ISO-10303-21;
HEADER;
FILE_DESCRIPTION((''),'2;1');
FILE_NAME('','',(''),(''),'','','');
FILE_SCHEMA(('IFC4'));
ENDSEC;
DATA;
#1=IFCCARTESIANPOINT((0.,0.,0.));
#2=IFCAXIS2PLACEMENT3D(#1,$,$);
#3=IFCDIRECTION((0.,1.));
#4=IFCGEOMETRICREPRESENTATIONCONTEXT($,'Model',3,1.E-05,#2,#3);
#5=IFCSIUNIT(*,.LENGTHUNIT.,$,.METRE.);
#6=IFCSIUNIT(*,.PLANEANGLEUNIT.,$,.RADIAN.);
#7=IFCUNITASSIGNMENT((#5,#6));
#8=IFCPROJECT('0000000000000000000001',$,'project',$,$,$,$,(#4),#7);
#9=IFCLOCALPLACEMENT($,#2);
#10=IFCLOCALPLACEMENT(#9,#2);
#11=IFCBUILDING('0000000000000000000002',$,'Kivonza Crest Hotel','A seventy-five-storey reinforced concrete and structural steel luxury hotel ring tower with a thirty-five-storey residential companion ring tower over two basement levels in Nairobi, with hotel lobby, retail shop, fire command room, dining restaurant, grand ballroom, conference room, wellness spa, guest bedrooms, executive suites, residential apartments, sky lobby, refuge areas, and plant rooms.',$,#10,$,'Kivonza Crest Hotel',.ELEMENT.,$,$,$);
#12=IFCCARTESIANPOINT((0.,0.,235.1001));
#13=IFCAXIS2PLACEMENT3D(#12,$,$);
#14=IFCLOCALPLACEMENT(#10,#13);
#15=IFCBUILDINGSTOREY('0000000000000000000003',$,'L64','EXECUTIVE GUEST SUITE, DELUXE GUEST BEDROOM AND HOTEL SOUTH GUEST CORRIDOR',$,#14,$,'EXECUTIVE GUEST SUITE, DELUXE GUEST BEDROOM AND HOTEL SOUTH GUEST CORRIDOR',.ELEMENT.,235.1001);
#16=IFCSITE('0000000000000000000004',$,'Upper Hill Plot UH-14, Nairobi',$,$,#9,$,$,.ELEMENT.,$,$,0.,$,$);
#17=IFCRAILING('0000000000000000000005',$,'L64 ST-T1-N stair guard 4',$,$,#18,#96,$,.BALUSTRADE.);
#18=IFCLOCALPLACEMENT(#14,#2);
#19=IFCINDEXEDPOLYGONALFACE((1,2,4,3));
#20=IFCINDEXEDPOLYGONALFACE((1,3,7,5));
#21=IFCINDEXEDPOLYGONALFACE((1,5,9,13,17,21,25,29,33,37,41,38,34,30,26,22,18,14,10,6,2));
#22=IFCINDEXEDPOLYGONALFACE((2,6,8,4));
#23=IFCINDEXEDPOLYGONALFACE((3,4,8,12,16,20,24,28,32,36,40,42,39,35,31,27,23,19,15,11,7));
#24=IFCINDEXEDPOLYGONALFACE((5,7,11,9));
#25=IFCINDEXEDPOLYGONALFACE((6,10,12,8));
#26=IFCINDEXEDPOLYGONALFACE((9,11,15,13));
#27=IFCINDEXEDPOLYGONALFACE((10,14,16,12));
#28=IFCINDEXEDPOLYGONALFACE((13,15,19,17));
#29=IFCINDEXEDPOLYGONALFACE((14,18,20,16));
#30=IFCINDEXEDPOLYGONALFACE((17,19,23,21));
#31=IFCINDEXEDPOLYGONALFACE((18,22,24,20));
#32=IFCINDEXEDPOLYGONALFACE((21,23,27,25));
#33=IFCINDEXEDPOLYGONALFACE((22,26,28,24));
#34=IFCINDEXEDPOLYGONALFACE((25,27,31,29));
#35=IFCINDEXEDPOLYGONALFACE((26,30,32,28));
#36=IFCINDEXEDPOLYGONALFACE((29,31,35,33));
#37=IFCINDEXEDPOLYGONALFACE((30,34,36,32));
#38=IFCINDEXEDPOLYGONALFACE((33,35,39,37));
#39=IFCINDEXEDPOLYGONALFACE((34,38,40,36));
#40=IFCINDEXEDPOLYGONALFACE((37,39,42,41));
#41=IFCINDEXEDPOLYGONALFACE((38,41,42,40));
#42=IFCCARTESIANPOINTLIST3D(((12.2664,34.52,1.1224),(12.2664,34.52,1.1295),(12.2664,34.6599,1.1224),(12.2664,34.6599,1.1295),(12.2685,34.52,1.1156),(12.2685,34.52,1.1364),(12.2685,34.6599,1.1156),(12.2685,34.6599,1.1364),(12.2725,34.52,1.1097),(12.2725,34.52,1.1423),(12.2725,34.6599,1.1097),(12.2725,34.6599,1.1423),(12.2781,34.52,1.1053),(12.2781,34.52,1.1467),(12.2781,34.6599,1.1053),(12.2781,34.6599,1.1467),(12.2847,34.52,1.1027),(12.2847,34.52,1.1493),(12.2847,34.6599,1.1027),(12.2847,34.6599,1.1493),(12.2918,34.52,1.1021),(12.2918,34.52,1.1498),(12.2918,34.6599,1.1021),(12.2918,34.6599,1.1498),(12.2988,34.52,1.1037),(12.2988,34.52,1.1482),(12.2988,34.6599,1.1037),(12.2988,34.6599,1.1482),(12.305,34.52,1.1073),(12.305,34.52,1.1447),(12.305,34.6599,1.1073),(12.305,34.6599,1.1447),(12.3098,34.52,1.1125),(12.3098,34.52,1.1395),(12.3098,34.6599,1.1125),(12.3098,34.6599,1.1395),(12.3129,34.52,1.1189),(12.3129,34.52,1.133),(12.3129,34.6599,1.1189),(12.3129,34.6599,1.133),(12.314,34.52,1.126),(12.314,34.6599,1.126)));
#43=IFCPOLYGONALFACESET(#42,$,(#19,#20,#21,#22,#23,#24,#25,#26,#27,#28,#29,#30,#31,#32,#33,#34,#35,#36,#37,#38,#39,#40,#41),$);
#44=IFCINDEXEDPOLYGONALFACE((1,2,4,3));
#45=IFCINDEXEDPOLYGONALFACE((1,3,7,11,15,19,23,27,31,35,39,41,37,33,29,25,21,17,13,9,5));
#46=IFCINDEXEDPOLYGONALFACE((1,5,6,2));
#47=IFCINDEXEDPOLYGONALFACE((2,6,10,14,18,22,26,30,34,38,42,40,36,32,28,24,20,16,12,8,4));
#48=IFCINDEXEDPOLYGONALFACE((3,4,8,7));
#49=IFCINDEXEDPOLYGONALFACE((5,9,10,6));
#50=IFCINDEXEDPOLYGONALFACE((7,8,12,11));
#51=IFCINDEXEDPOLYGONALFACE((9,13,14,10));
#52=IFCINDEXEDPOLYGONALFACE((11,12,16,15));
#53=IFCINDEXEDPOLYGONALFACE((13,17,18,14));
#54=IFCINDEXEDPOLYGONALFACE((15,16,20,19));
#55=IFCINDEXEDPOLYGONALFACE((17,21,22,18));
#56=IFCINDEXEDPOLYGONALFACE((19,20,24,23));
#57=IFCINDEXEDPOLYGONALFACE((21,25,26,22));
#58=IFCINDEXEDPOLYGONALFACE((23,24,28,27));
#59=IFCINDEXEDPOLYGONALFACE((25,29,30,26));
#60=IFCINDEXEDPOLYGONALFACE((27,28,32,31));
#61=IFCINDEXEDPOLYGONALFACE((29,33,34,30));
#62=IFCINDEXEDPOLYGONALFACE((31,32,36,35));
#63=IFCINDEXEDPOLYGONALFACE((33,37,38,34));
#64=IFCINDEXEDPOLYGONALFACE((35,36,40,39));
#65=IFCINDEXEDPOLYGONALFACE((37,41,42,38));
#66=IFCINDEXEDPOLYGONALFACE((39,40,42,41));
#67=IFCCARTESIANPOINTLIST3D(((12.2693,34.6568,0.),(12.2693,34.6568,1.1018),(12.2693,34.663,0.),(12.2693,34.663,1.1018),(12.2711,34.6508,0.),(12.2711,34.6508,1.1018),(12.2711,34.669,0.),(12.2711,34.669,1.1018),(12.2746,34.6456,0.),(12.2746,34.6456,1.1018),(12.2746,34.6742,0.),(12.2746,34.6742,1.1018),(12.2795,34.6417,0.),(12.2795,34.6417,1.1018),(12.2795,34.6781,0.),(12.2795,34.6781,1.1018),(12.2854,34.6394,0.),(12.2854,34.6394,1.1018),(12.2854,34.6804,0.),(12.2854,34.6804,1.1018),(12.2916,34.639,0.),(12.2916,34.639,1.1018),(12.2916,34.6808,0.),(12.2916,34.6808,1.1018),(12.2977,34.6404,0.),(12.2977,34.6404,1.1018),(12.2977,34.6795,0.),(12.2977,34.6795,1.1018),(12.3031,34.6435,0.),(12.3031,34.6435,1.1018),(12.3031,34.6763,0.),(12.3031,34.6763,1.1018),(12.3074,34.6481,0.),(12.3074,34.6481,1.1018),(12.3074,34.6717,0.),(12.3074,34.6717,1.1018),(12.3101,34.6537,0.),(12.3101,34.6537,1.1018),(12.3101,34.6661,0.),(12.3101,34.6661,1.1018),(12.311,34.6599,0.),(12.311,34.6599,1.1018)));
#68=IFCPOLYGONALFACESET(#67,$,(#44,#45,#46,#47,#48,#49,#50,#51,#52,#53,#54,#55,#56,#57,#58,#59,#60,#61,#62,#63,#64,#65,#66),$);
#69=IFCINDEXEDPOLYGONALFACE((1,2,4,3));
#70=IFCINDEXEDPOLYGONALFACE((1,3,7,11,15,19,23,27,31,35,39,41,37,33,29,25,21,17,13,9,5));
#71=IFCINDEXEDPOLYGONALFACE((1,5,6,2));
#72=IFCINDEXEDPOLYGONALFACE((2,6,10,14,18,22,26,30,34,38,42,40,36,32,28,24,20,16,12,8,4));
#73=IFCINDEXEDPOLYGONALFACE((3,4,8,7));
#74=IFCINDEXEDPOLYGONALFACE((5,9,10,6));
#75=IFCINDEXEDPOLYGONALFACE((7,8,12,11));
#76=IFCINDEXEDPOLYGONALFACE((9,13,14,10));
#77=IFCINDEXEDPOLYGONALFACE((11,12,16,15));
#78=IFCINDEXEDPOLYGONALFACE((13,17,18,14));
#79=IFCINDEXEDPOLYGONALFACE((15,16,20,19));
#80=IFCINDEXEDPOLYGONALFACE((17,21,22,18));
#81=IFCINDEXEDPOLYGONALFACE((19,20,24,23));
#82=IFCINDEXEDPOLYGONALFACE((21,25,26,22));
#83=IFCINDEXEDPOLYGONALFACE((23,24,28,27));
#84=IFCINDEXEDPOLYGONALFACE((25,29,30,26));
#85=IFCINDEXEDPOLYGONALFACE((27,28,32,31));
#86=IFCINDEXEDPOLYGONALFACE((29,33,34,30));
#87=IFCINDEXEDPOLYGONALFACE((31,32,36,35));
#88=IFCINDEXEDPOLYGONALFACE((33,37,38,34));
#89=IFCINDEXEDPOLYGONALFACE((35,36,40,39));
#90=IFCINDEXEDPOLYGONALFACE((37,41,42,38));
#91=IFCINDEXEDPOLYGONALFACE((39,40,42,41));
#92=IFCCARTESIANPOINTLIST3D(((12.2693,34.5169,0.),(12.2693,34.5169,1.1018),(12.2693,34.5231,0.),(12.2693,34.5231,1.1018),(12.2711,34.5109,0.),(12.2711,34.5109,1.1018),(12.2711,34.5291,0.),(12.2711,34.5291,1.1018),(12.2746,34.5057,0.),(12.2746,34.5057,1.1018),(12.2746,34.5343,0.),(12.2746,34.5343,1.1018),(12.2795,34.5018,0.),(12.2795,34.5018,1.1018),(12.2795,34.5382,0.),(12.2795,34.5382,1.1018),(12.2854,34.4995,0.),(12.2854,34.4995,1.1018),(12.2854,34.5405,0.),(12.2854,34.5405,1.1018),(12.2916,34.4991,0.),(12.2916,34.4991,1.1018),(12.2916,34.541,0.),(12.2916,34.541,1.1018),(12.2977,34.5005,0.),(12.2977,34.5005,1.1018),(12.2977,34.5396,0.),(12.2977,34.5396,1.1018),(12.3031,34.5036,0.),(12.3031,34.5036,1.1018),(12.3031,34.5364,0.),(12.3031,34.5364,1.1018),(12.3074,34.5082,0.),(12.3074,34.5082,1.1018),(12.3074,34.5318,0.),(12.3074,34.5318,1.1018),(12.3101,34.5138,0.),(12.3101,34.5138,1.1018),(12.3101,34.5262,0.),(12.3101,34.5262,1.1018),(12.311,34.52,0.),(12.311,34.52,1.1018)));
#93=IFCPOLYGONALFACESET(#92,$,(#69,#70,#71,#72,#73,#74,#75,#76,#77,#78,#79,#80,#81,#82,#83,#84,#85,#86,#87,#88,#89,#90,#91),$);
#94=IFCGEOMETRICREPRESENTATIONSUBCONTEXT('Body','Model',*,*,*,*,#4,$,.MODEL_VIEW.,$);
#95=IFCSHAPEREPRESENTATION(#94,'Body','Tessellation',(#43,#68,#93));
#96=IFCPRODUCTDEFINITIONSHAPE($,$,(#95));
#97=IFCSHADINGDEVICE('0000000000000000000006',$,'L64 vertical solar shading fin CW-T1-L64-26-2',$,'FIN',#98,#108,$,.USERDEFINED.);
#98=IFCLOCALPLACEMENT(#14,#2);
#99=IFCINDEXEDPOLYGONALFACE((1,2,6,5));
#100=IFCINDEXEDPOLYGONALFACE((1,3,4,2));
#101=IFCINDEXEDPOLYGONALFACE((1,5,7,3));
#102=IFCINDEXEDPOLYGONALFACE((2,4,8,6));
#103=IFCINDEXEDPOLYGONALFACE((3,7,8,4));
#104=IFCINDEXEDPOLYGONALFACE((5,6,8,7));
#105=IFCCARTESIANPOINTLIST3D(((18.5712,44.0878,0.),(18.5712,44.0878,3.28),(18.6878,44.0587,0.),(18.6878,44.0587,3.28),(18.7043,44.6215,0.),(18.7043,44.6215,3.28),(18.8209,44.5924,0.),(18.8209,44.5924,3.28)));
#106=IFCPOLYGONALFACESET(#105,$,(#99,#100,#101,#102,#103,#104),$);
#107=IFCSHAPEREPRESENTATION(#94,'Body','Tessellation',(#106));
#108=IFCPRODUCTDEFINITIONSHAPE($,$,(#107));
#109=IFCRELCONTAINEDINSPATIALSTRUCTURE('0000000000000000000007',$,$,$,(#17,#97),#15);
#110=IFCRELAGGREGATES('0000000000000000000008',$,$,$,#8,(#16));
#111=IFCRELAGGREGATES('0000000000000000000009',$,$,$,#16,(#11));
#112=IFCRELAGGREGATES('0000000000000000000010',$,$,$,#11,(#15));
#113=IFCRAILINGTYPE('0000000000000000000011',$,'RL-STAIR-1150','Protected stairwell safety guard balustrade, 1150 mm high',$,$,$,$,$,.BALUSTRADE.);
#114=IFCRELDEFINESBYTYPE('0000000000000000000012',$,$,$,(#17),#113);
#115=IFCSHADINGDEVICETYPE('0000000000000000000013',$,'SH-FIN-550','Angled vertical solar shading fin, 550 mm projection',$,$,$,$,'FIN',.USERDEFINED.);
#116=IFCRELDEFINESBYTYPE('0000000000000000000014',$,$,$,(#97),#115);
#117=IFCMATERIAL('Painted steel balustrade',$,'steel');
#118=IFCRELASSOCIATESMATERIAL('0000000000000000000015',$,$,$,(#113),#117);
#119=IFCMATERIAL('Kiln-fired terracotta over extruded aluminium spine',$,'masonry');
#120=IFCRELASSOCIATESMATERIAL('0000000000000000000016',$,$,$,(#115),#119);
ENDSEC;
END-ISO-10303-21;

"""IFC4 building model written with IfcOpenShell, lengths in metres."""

from ifc_helpers import new_model, si_unit, direction, frame, origin, origin_2d, place, context, subcontext, project, spatial, rectangle, circle, extrude, material, type_object, element, save


model = new_model("IFC4")

# Units and contexts
model_context = context("Model", 3, precision=1e-05, world=origin(), true_north=direction((0.0, 1.0)))
body_context = subcontext(model_context, "Body", "Model", "MODEL_VIEW")
ifc_project = project(units=[si_unit("LENGTHUNIT", "METRE"), si_unit("PLANEANGLEUNIT", "RADIAN")], contexts=[model_context])

# Site, building, storey
site_placement = place(None, origin())
site = spatial("IfcSite", under=ifc_project, at=site_placement, Name="Upper Hill Plot UH-14, Nairobi", CompositionType="ELEMENT", RefElevation=0.0)
building_placement = place(site_placement, origin())
building = spatial("IfcBuilding", under=site, at=building_placement, Name="Kivonza Crest Hotel", Description="A seventy-five-storey reinforced concrete and structural steel luxury hotel ring tower with a thirty-five-storey residential companion ring tower over two basement levels in Nairobi, with hotel lobby, retail shop, fire command room, dining restaurant, grand ballroom, conference room, wellness spa, guest bedrooms, executive suites, residential apartments, sky lobby, refuge areas, and plant rooms.", LongName="Kivonza Crest Hotel", CompositionType="ELEMENT")
storey_placement = place(building_placement, frame((0.0, 0.0, 235.1001)))
storey = spatial("IfcBuildingStorey", under=building, at=storey_placement, Name="L64", Description="EXECUTIVE GUEST SUITE, DELUXE GUEST BEDROOM AND HOTEL SOUTH GUEST CORRIDOR", LongName="EXECUTIVE GUEST SUITE, DELUXE GUEST BEDROOM AND HOTEL SOUTH GUEST CORRIDOR", CompositionType="ELEMENT", Elevation=235.1001)

# Railing
ifc_material_1 = material(Name="Painted steel balustrade", Category="steel")
railing_type_1 = type_object("IfcRailingType", Name="RL-STAIR-1150", Description="Protected stairwell safety guard balustrade, 1150 mm high", PredefinedType="BALUSTRADE", material=ifc_material_1)
railing_1_placement = place(storey_placement, frame((12.29, 34.6599, 0.0)))
element("IfcRailing", 1, at=railing_1_placement, inside=storey, type_object=railing_type_1, Name="L64 ST-T1-N stair guard 4", PredefinedType="BALUSTRADE", context=body_context, shape_type="SweptSolid", body=[
    extrude(circle(Radius=0.0239, at=origin_2d()), frame((0.0, 0.0, 1.126), z_axis=(0.0, -1.0, 0.0), x_axis=(1.0, 0.0, 0.0)), (0.0, 0.0, 1.0), 0.1399),
    extrude(circle(Radius=0.021, at=origin_2d()), origin(), (0.0, 0.0, 1.0), 1.1018),
    extrude(circle(Radius=0.021, at=origin_2d()), frame((0.0, -0.1399, 0.0)), (0.0, 0.0, 1.0), 1.1018),
])

# Shading device
ifc_material_2 = material(Name="Kiln-fired terracotta over extruded aluminium spine", Category="masonry")
shading_device_type = type_object("IfcShadingDeviceType", Name="SH-FIN-550", Description="Angled vertical solar shading fin, 550 mm projection", ElementType="FIN", PredefinedType="USERDEFINED", material=ifc_material_2)
shading_device_placement = place(storey_placement, frame((18.696, 44.3401, 0.0), z_axis=(0.0, 0.0, 1.0), x_axis=(-0.970296, 0.241922, 0.0)))
element("IfcShadingDevice", 2, at=shading_device_placement, inside=storey, type_object=shading_device_type, Name="L64 vertical solar shading fin CW-T1-L64-26-2", ObjectType="FIN", PredefinedType="USERDEFINED", context=body_context, shape_type="SweptSolid", body=[
    extrude(rectangle(XDim=0.1201, YDim=0.55, at=origin_2d()), origin(), (0.0, 0.0, 1.0), 3.28),
])

save(model, "model.ifc")
